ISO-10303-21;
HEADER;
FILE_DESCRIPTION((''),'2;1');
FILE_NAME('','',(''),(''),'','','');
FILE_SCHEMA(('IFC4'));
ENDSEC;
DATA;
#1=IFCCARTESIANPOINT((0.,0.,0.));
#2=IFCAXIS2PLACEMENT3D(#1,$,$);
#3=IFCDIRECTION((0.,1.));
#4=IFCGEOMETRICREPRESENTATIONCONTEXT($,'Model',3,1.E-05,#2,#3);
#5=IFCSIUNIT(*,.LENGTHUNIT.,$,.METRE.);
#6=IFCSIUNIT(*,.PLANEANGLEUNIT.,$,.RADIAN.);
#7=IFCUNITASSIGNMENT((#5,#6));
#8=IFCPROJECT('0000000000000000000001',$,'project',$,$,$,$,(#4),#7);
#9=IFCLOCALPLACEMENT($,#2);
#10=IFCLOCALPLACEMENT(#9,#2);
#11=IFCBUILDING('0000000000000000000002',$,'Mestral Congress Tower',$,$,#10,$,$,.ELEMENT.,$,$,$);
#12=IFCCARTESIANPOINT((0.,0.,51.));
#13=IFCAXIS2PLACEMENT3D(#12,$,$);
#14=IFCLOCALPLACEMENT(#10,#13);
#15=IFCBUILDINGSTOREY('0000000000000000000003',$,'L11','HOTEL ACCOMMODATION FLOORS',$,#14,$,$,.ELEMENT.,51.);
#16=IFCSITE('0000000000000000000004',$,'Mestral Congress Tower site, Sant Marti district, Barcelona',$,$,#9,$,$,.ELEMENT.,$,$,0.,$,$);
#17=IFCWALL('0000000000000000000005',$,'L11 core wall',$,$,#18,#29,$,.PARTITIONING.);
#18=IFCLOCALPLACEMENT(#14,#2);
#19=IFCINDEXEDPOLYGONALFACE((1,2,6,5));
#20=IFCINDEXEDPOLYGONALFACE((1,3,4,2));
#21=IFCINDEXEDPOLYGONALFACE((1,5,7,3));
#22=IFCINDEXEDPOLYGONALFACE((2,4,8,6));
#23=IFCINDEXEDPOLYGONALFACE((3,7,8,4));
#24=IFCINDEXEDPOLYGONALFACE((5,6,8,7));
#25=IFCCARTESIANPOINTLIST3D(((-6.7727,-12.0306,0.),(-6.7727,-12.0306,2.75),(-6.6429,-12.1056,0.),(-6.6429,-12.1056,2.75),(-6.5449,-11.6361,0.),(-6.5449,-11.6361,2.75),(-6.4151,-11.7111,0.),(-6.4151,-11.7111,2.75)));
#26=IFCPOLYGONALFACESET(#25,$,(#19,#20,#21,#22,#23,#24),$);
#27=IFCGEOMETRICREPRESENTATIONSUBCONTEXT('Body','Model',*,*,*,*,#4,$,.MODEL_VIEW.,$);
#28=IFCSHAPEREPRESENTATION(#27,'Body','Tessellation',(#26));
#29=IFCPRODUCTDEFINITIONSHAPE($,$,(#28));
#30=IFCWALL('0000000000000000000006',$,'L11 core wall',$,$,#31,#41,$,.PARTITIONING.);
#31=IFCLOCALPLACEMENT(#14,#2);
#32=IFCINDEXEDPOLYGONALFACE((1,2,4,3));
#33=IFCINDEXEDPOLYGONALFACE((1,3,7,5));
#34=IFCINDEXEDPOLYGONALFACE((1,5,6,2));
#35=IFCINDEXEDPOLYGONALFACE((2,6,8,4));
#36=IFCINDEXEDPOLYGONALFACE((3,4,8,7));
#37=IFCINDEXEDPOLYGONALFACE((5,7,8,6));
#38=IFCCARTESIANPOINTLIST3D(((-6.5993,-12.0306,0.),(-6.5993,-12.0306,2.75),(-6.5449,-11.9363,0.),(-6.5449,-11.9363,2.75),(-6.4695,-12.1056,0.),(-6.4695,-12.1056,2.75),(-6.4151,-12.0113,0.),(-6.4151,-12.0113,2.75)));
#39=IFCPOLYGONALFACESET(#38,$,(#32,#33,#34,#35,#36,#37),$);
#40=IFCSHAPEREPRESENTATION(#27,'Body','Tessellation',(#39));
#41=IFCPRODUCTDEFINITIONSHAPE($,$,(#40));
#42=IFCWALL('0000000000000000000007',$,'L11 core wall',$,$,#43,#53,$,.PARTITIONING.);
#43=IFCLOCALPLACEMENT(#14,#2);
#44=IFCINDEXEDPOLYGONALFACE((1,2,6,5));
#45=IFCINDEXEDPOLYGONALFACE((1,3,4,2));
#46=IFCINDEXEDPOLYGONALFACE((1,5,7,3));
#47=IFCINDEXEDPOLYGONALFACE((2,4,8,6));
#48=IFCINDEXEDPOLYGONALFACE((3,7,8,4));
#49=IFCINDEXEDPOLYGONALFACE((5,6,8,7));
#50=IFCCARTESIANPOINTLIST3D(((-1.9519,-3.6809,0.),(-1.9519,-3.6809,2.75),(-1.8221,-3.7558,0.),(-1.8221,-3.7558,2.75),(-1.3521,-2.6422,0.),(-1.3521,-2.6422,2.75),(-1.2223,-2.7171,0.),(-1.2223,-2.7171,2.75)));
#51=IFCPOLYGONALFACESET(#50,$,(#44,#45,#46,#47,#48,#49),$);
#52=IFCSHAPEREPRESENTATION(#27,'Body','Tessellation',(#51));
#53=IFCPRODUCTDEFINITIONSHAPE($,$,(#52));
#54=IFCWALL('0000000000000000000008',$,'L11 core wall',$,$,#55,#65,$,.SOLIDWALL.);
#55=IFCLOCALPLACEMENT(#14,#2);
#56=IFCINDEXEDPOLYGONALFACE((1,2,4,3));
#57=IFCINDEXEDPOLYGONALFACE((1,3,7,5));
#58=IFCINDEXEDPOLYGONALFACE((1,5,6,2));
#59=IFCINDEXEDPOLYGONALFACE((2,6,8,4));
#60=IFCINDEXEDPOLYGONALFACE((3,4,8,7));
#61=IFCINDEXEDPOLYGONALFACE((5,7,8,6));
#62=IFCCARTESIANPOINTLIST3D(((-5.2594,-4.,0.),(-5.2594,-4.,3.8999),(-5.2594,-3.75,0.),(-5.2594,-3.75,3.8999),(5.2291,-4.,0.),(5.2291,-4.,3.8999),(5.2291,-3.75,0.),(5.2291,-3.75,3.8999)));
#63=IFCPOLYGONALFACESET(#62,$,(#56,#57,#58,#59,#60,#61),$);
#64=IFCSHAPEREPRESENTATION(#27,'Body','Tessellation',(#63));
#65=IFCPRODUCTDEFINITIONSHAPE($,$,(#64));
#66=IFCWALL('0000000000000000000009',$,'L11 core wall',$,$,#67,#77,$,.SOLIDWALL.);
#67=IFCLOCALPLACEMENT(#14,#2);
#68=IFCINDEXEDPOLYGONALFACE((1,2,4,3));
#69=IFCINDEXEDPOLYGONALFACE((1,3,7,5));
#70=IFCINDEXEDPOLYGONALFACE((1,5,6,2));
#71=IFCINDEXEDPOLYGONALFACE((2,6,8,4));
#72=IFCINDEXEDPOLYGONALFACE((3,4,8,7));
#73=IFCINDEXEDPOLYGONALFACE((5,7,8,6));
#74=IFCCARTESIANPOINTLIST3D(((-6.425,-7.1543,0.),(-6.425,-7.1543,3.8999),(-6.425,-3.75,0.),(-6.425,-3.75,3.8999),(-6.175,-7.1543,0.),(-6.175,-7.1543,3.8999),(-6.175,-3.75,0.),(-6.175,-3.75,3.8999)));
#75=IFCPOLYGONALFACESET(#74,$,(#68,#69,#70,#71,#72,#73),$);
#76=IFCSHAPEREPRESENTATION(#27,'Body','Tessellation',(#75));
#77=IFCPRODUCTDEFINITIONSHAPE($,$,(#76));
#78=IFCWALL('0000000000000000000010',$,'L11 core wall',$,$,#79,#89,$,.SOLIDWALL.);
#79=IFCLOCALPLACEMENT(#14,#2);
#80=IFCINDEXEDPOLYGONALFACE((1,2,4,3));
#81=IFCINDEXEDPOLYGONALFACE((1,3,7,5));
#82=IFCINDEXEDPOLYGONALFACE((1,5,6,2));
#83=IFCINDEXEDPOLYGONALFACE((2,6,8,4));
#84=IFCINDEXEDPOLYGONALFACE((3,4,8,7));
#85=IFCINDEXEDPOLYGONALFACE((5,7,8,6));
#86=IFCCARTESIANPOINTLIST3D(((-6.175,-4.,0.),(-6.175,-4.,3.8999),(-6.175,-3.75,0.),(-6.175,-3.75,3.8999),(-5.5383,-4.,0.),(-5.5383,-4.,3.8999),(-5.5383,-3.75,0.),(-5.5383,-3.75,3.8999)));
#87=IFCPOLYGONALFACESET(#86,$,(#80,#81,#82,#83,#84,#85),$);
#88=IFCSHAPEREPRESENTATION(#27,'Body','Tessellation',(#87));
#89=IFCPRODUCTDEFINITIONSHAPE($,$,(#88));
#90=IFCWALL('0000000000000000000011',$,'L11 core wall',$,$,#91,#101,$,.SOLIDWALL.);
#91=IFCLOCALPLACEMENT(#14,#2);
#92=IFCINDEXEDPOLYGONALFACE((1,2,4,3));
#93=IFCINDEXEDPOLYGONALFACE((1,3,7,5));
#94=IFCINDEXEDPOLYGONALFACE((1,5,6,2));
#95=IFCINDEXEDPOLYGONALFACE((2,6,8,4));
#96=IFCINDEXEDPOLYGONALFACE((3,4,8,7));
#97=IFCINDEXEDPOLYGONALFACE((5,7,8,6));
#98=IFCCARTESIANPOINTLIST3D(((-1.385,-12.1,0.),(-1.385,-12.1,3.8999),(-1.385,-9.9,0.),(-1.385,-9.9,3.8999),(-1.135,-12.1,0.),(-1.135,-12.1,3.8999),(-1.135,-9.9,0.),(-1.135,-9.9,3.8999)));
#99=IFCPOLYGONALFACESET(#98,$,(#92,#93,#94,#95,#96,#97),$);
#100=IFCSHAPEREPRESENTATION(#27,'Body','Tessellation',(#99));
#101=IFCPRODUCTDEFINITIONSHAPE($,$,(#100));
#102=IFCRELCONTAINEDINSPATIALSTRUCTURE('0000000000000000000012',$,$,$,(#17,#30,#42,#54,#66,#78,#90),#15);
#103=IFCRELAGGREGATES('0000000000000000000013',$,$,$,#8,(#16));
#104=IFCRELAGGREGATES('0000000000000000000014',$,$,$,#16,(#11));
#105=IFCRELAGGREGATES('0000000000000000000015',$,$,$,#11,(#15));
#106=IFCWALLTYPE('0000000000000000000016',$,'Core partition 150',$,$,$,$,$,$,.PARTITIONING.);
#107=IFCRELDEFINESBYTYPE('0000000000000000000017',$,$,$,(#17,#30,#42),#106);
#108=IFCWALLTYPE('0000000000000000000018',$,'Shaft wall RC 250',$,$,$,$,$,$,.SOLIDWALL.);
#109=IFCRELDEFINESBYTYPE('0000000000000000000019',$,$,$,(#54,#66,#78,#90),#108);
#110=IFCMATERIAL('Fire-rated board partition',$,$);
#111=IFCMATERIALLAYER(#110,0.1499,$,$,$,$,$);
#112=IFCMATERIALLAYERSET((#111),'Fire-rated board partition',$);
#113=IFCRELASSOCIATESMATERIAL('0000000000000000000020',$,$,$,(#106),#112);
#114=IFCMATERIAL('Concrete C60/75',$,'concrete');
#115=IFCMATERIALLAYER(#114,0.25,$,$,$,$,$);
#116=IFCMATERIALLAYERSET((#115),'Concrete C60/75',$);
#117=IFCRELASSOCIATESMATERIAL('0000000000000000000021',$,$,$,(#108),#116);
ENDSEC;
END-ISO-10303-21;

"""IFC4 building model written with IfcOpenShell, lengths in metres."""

from ifc_helpers import new_model, si_unit, direction, frame, frame_2d, origin, place, context, subcontext, project, spatial, rectangle, extrude, material, layer, layer_set, type_object, element, save


model = new_model("IFC4")

# Units and contexts
model_context = context("Model", 3, precision=1e-05, world=origin(), true_north=direction((0.0, 1.0)))
body_context = subcontext(model_context, "Body", "Model", "MODEL_VIEW")
ifc_project = project(units=[si_unit("LENGTHUNIT", "METRE"), si_unit("PLANEANGLEUNIT", "RADIAN")], contexts=[model_context])

# Site, building, storey
site_placement = place(None, origin())
site = spatial("IfcSite", under=ifc_project, at=site_placement, Name="Mestral Congress Tower site, Sant Marti district, Barcelona", CompositionType="ELEMENT", RefElevation=0.0)
building_placement = place(site_placement, origin())
building = spatial("IfcBuilding", under=site, at=building_placement, Name="Mestral Congress Tower", CompositionType="ELEMENT")
storey_placement = place(building_placement, frame((0.0, 0.0, 51.0)))
storey = spatial("IfcBuildingStorey", under=building, at=storey_placement, Name="L11", Description="HOTEL ACCOMMODATION FLOORS", CompositionType="ELEMENT", Elevation=51.0)

# Walls
ifc_material_1 = material(Name="Fire-rated board partition")
ifc_layer_1 = layer(ifc_material_1, 0.1499)
ifc_layer_set_1 = layer_set([ifc_layer_1], Name="Fire-rated board partition")
wall_type_1 = type_object("IfcWallType", Name="Core partition 150", PredefinedType="PARTITIONING", material=ifc_layer_set_1)
wall_1_placement = place(storey_placement, frame((-6.7078, -12.0681, 0.0), z_axis=(0.0, 0.0, 1.0), x_axis=(0.500001, 0.866025, 0.0)))
element("IfcWall", 1, at=wall_1_placement, inside=storey, type_object=wall_type_1, Name="L11 core wall", PredefinedType="PARTITIONING", context=body_context, shape_type="SweptSolid", body=[
    extrude(rectangle(XDim=0.4556, YDim=0.1499, at=frame_2d((0.2278, 0.0))), origin(), (0.0, 0.0, 1.0), 2.75),
])
wall_2_placement = place(storey_placement, frame((-6.5344, -12.0681, 0.0), z_axis=(0.0, 0.0, 1.0), x_axis=(0.50024, 0.865887, 0.0)))
element("IfcWall", 2, at=wall_2_placement, inside=storey, type_object=wall_type_1, Name="L11 core wall", PredefinedType="PARTITIONING", context=body_context, shape_type="SweptSolid", body=[
    extrude(rectangle(XDim=0.1089, YDim=0.1499, at=frame_2d((0.0544, 0.0))), origin(), (0.0, 0.0, 1.0), 2.75),
])
wall_3_placement = place(storey_placement, frame((-1.887, -3.7183, 0.0), z_axis=(0.0, 0.0, 1.0), x_axis=(0.500057, 0.865992, 0.0)))
element("IfcWall", 3, at=wall_3_placement, inside=storey, type_object=wall_type_1, Name="L11 core wall", PredefinedType="PARTITIONING", context=body_context, shape_type="SweptSolid", body=[
    extrude(rectangle(XDim=1.1995, YDim=0.1499, at=frame_2d((0.5996, 0.0))), origin(), (0.0, 0.0, 1.0), 2.75),
])
ifc_material_2 = material(Name="Concrete C60/75", Category="concrete")
ifc_layer_2 = layer(ifc_material_2, 0.25)
ifc_layer_set_2 = layer_set([ifc_layer_2], Name="Concrete C60/75")
wall_type_2 = type_object("IfcWallType", Name="Shaft wall RC 250", PredefinedType="SOLIDWALL", material=ifc_layer_set_2)
wall_4_placement = place(storey_placement, frame((-5.2593, -3.875, 0.0), z_axis=(0.0, 0.0, 1.0), x_axis=(1.0, 0.0, 0.0)))
element("IfcWall", 4, at=wall_4_placement, inside=storey, type_object=wall_type_2, Name="L11 core wall", PredefinedType="SOLIDWALL", context=body_context, shape_type="SweptSolid", body=[
    extrude(rectangle(XDim=10.4885, YDim=0.25, at=frame_2d((5.2441, 0.0))), origin(), (0.0, 0.0, 1.0), 3.8999),
])
wall_5_placement = place(storey_placement, frame((-6.3, -3.75, 0.0), z_axis=(0.0, 0.0, 1.0), x_axis=(0.0, -1.0, 0.0)))
element("IfcWall", 5, at=wall_5_placement, inside=storey, type_object=wall_type_2, Name="L11 core wall", PredefinedType="SOLIDWALL", context=body_context, shape_type="SweptSolid", body=[
    extrude(rectangle(XDim=3.4043, YDim=0.25, at=frame_2d((1.7021, 0.0))), origin(), (0.0, 0.0, 1.0), 3.8999),
])
wall_6_placement = place(storey_placement, frame((-6.175, -3.875, 0.0), z_axis=(0.0, 0.0, 1.0), x_axis=(1.0, 0.0, 0.0)))
element("IfcWall", 6, at=wall_6_placement, inside=storey, type_object=wall_type_2, Name="L11 core wall", PredefinedType="SOLIDWALL", context=body_context, shape_type="SweptSolid", body=[
    extrude(rectangle(XDim=0.6367, YDim=0.25, at=frame_2d((0.3184, 0.0))), origin(), (0.0, 0.0, 1.0), 3.8999),
])
wall_7_placement = place(storey_placement, frame((-1.26, -12.1001, 0.0), z_axis=(0.0, 0.0, 1.0), x_axis=(0.0, 1.0, 0.0)))
element("IfcWall", 7, at=wall_7_placement, inside=storey, type_object=wall_type_2, Name="L11 core wall", PredefinedType="SOLIDWALL", context=body_context, shape_type="SweptSolid", body=[
    extrude(rectangle(XDim=2.2, YDim=0.25, at=frame_2d((1.1001, 0.0))), origin(), (0.0, 0.0, 1.0), 3.8999),
])

save(model, "model.ifc")
